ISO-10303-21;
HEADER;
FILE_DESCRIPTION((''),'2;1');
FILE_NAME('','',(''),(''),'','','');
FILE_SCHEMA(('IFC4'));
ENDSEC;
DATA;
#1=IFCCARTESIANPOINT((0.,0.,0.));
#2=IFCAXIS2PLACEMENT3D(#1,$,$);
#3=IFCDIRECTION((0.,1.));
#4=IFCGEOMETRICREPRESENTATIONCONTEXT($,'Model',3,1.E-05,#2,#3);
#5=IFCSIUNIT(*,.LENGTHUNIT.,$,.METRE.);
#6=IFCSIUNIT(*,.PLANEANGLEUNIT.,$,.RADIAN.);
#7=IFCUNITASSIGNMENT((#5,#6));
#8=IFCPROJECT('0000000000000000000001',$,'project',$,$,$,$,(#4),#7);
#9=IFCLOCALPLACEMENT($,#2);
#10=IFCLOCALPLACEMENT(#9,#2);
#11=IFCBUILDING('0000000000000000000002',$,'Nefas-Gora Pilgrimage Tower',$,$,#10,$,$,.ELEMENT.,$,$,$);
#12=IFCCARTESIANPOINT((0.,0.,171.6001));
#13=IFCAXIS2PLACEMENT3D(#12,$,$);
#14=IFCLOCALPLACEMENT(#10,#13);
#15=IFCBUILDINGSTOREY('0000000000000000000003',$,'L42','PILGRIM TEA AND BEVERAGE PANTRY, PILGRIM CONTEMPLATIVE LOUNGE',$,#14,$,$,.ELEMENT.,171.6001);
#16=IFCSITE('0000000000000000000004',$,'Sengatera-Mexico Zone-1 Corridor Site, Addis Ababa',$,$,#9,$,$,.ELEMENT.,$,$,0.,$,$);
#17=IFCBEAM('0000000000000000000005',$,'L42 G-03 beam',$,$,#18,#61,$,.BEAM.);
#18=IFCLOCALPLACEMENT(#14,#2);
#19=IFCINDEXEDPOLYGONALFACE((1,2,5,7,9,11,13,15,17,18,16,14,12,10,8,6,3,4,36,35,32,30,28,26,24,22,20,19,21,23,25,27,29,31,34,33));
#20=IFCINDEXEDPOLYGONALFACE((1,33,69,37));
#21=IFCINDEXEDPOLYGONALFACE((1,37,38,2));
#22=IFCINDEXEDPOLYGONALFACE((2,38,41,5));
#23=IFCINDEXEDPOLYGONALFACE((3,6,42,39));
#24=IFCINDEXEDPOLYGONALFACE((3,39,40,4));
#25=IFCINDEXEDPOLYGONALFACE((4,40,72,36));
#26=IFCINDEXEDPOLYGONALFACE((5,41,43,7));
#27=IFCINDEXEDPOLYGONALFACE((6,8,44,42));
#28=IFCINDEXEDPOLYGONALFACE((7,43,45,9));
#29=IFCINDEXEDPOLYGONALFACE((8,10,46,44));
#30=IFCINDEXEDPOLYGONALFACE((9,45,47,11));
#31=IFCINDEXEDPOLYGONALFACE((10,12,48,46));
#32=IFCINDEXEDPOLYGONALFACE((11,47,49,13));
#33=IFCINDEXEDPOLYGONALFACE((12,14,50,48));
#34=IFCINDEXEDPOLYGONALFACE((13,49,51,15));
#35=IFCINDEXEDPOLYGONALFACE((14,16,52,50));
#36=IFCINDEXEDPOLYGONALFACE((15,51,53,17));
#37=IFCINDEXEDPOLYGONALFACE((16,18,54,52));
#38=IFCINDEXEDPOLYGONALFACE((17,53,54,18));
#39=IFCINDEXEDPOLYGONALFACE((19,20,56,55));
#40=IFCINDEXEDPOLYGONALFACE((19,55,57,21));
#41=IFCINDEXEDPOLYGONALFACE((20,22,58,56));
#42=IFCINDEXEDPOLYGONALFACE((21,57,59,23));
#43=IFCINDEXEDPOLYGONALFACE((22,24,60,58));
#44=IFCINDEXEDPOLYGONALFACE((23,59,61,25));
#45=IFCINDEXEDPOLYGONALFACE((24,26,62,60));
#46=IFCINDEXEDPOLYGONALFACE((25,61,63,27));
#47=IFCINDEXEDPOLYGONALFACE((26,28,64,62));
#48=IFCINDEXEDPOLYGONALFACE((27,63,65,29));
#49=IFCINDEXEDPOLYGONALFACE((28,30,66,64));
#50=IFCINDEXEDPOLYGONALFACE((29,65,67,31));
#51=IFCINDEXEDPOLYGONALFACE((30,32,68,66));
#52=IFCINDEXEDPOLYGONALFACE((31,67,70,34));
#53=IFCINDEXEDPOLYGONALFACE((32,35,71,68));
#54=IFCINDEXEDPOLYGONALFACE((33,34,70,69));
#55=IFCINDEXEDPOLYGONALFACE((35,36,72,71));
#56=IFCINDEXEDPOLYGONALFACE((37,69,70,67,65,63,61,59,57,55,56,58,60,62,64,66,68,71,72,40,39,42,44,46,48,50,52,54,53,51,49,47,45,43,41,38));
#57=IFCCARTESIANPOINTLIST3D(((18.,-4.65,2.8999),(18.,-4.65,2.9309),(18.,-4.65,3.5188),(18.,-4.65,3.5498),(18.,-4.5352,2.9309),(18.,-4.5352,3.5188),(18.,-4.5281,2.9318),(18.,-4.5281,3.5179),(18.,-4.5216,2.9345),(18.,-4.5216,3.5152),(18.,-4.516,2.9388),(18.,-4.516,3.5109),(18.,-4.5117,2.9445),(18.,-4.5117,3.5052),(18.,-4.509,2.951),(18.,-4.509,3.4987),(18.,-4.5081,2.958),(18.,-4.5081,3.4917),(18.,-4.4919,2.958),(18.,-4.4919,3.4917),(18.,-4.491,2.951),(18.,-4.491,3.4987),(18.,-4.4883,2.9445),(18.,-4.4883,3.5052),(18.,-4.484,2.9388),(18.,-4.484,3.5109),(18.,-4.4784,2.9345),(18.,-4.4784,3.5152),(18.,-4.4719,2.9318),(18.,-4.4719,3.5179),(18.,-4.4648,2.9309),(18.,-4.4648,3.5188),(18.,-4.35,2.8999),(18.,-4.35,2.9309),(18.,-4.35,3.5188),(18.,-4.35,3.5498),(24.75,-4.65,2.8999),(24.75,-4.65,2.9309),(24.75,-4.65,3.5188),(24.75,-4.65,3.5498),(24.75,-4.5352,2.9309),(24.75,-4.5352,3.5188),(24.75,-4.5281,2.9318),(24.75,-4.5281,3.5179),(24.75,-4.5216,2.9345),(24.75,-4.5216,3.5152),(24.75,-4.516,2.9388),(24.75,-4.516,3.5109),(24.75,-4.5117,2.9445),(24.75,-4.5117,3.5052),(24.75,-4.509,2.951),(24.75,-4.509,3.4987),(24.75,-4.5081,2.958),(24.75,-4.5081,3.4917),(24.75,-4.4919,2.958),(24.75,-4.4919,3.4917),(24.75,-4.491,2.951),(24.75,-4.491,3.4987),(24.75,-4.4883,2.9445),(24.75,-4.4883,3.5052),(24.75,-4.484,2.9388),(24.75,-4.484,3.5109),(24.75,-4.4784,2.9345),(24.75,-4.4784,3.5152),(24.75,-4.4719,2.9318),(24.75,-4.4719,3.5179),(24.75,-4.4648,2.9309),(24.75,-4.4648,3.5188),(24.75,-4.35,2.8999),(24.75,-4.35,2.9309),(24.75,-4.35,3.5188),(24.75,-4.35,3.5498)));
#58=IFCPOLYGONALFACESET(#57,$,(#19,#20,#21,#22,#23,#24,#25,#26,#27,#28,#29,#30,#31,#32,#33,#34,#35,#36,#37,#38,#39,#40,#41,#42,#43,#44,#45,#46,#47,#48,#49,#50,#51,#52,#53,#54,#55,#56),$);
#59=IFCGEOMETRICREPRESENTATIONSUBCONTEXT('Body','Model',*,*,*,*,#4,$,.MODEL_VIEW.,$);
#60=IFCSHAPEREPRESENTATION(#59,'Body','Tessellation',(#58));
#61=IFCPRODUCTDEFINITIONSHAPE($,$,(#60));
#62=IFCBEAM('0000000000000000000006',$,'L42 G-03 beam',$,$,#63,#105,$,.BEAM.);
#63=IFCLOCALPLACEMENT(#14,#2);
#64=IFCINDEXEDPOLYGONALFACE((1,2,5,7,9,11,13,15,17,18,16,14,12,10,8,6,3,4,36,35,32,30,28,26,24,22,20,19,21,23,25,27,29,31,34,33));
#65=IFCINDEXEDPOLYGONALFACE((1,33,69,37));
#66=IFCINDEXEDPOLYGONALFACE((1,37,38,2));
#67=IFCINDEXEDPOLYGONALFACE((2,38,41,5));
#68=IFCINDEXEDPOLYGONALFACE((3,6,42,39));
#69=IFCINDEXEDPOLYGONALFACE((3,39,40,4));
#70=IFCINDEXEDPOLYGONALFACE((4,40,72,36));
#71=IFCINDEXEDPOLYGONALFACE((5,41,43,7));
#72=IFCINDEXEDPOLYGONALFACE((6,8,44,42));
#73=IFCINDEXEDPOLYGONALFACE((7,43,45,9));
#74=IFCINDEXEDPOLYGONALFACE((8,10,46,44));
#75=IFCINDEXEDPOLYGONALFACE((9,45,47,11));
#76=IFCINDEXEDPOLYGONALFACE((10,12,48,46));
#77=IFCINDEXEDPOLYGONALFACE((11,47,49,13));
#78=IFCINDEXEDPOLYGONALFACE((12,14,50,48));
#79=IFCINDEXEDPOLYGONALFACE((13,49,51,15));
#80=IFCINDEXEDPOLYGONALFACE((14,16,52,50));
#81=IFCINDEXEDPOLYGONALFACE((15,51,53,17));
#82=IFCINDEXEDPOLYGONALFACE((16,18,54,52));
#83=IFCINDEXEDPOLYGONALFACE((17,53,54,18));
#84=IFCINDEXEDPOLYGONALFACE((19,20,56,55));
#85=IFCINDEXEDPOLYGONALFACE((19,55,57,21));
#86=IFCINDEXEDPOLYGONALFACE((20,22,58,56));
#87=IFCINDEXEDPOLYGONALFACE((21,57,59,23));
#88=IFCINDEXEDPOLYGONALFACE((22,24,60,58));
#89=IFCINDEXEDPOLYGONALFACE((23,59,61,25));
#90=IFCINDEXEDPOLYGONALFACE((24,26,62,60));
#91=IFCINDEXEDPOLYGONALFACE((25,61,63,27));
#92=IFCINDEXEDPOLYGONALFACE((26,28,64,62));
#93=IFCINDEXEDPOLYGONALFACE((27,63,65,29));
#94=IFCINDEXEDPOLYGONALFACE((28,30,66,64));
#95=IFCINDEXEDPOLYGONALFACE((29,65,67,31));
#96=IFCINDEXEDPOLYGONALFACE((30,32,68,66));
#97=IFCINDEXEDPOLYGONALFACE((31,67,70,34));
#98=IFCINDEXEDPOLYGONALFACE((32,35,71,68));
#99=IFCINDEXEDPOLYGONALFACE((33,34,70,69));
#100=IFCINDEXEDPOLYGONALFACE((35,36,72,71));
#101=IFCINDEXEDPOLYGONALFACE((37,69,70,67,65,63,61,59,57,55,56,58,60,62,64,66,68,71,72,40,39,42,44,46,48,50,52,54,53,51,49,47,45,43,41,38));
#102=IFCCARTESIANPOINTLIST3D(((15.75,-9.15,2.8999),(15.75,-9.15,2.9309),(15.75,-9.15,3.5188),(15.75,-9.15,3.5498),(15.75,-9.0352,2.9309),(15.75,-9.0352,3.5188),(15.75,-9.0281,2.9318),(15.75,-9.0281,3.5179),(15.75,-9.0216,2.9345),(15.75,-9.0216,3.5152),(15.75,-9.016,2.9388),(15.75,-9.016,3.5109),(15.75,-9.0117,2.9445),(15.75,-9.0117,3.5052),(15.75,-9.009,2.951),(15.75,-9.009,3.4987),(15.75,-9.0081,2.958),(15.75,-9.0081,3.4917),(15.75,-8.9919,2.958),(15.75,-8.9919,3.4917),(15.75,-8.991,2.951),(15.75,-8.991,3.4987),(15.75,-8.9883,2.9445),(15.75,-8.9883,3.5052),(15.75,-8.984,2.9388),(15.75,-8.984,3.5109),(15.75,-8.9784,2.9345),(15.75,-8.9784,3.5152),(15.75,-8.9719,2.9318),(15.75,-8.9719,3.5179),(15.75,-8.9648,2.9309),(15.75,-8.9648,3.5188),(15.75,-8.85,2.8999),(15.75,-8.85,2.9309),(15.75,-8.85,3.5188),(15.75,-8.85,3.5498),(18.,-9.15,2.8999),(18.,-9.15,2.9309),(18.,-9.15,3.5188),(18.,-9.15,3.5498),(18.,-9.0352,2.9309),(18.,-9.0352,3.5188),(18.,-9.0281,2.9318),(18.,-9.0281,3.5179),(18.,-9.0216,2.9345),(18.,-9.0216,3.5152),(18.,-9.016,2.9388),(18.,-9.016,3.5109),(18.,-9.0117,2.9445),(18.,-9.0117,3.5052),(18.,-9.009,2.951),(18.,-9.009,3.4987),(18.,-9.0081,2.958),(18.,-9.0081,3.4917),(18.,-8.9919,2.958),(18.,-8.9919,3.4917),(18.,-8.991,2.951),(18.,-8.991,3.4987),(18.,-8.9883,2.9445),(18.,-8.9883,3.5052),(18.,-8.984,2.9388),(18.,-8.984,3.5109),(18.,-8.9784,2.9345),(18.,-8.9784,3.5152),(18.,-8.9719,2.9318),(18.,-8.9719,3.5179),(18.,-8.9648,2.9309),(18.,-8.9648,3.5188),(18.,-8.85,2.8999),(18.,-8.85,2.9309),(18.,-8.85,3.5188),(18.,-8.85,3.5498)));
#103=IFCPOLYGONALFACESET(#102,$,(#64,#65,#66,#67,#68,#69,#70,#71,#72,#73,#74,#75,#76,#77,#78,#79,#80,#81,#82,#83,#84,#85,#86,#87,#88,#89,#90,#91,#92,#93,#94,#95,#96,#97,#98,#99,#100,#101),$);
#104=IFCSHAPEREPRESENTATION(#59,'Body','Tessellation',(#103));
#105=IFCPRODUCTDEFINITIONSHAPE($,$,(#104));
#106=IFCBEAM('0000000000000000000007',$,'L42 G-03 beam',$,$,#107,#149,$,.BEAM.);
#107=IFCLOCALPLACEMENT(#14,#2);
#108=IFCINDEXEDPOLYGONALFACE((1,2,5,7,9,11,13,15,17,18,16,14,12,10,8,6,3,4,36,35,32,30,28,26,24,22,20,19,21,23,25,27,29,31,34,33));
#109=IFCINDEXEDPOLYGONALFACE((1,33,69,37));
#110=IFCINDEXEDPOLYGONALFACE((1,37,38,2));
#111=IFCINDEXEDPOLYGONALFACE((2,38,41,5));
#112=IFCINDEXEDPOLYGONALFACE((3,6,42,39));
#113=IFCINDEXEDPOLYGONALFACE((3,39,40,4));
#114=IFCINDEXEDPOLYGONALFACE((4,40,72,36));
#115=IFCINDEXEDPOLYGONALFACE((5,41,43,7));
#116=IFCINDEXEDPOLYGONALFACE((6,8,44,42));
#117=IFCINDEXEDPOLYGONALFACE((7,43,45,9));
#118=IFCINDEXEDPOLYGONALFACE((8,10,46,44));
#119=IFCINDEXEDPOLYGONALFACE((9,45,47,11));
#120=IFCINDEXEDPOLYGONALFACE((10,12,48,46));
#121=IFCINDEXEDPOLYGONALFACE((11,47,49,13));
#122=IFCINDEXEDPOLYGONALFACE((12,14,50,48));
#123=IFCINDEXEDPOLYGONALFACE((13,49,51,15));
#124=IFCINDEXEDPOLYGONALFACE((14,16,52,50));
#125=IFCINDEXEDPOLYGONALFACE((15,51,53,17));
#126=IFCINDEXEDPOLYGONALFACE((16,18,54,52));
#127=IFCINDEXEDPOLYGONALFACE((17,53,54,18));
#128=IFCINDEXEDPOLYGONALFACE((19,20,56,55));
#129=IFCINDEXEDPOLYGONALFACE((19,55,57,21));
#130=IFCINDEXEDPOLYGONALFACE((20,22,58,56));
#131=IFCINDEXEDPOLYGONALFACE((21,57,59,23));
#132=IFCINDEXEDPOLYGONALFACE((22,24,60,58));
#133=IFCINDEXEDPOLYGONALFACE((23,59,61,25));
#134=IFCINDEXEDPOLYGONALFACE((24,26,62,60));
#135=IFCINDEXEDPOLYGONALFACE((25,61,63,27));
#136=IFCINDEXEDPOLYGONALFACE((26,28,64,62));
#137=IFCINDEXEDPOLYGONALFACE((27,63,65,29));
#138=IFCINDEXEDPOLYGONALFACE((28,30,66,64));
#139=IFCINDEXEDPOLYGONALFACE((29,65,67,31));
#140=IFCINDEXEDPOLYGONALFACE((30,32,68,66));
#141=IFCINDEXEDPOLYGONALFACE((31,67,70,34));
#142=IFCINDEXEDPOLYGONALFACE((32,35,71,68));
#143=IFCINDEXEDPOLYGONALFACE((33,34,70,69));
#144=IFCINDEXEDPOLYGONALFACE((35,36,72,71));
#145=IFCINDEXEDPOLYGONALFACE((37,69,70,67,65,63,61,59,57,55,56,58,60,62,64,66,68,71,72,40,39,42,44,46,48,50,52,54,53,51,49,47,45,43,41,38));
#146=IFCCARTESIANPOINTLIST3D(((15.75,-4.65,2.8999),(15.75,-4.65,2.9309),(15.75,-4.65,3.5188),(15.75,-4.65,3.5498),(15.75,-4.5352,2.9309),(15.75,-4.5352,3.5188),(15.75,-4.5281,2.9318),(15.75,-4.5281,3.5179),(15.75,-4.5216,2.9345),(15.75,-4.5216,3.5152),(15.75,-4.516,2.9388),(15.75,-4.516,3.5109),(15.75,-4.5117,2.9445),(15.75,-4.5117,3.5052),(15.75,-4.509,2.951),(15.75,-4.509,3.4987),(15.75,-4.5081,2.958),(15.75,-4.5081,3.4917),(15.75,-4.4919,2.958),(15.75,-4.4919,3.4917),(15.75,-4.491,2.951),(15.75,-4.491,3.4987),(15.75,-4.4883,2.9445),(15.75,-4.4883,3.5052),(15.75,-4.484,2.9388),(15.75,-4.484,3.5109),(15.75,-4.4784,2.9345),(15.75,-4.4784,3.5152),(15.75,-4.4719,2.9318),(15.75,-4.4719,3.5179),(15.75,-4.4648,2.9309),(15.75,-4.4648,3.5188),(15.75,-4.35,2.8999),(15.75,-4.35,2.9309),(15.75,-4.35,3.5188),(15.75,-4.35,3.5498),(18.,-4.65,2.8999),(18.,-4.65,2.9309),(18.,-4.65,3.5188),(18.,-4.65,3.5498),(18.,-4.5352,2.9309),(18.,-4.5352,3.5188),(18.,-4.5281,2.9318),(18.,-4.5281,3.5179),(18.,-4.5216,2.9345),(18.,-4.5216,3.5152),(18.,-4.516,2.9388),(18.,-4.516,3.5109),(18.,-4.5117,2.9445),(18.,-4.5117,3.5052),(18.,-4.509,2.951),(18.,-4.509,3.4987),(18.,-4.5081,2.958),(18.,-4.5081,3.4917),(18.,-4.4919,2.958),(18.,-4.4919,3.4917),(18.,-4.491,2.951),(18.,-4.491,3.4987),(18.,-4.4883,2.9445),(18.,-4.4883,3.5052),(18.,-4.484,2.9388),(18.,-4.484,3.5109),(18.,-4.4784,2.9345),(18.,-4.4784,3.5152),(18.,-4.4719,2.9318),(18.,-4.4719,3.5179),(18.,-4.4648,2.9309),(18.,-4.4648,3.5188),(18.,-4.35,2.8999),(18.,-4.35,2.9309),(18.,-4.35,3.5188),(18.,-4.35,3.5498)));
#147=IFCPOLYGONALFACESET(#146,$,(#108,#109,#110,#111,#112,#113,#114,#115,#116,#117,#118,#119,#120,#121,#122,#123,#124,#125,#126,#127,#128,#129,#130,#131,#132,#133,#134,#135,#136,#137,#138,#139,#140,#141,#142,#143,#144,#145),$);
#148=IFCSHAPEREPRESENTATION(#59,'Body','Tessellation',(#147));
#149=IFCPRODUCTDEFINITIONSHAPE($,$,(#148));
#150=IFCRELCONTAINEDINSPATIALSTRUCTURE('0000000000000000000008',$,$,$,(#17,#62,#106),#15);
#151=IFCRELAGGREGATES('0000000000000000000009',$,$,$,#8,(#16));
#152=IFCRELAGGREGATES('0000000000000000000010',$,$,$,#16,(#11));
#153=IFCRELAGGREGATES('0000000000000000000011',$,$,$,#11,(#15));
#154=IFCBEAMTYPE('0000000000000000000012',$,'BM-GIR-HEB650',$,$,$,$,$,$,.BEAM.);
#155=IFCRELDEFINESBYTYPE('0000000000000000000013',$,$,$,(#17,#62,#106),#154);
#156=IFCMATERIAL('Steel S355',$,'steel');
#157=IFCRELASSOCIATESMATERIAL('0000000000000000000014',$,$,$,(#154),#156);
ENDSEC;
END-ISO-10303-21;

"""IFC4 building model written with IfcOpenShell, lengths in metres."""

from ifc_helpers import new_model, si_unit, direction, frame, origin, origin_2d, place, context, subcontext, project, spatial, i_section, extrude, source, transform, mapped, material, material_profile, profile_set, type_object, element, save


model = new_model("IFC4")

# Units and contexts
model_context = context("Model", 3, precision=1e-05, world=origin(), true_north=direction((0.0, 1.0)))
body_context = subcontext(model_context, "Body", "Model", "MODEL_VIEW")
ifc_project = project(units=[si_unit("LENGTHUNIT", "METRE"), si_unit("PLANEANGLEUNIT", "RADIAN")], contexts=[model_context])

# Site, building, storey
site_placement = place(None, origin())
site = spatial("IfcSite", under=ifc_project, at=site_placement, Name="Sengatera-Mexico Zone-1 Corridor Site, Addis Ababa", CompositionType="ELEMENT", RefElevation=0.0)
building_placement = place(site_placement, origin())
building = spatial("IfcBuilding", under=site, at=building_placement, Name="Nefas-Gora Pilgrimage Tower", CompositionType="ELEMENT")
storey_placement = place(building_placement, frame((0.0, 0.0, 171.6001)))
storey = spatial("IfcBuildingStorey", under=building, at=storey_placement, Name="L42", Description="PILGRIM TEA AND BEVERAGE PANTRY, PILGRIM CONTEMPLATIVE LOUNGE", CompositionType="ELEMENT", Elevation=171.6001)

# Beams
ifc_material_1 = material(Name="Steel S355", Category="steel")
ifc_material_profile_1 = material_profile(ifc_material_1, i_section(OverallWidth=0.3, OverallDepth=0.6499, WebThickness=0.0161, FlangeThickness=0.031, FilletRadius=0.0271, at=origin_2d()), Name="HEB 650")
ifc_profile_set_1 = profile_set([ifc_material_profile_1], Name="Steel S355")
beam_type_1 = type_object("IfcBeamType", Name="BM-GIR-HEB650", PredefinedType="BEAM", material=ifc_profile_set_1)
shared_shape_1 = source(origin(), body_context, "Body", "SweptSolid", [
    extrude(i_section(OverallWidth=0.3, OverallDepth=0.6499, WebThickness=0.0161, FlangeThickness=0.031, FilletRadius=0.0271, at=origin_2d()), origin(), (0.0, 0.0, 1.0), 6.75),
])
for number, where, z_axis, x_axis, name in (
    (1, (18.0, -4.5, 3.2249), (1.0, 0.0, 0.0), (0.0, 1.0, 0.0), "L42 G-03 beam"),
):
    element("IfcBeam", number, at=place(storey_placement, frame(where, z_axis=z_axis, x_axis=x_axis)), inside=storey, type_object=beam_type_1, Name=name, PredefinedType="BEAM", context=body_context, shape_type="MappedRepresentation", body=[
        mapped(shared_shape_1, transform((0.0, 0.0, 0.0), x_axis=(1.0, 0.0, 0.0), y_axis=(0.0, 1.0, 0.0), z_axis=(0.0, 0.0, 1.0), scale=1.0)),
    ])
shared_shape_2 = source(origin(), body_context, "Body", "SweptSolid", [
    extrude(i_section(OverallWidth=0.3, OverallDepth=0.6499, WebThickness=0.0161, FlangeThickness=0.031, FilletRadius=0.0271, at=origin_2d()), origin(), (0.0, 0.0, 1.0), 2.25),
])
for number, where, z_axis, x_axis, name in (
    (2, (15.75, -9.0, 3.2249), (1.0, 0.0, 0.0), (0.0, 1.0, 0.0), "L42 G-03 beam"),
    (3, (15.75, -4.5, 3.2249), (1.0, 0.0, 0.0), (0.0, 1.0, 0.0), "L42 G-03 beam"),
):
    element("IfcBeam", number, at=place(storey_placement, frame(where, z_axis=z_axis, x_axis=x_axis)), inside=storey, type_object=beam_type_1, Name=name, PredefinedType="BEAM", context=body_context, shape_type="MappedRepresentation", body=[
        mapped(shared_shape_2, transform((0.0, 0.0, 0.0), x_axis=(1.0, 0.0, 0.0), y_axis=(0.0, 1.0, 0.0), z_axis=(0.0, 0.0, 1.0), scale=1.0)),
    ])

save(model, "model.ifc")
